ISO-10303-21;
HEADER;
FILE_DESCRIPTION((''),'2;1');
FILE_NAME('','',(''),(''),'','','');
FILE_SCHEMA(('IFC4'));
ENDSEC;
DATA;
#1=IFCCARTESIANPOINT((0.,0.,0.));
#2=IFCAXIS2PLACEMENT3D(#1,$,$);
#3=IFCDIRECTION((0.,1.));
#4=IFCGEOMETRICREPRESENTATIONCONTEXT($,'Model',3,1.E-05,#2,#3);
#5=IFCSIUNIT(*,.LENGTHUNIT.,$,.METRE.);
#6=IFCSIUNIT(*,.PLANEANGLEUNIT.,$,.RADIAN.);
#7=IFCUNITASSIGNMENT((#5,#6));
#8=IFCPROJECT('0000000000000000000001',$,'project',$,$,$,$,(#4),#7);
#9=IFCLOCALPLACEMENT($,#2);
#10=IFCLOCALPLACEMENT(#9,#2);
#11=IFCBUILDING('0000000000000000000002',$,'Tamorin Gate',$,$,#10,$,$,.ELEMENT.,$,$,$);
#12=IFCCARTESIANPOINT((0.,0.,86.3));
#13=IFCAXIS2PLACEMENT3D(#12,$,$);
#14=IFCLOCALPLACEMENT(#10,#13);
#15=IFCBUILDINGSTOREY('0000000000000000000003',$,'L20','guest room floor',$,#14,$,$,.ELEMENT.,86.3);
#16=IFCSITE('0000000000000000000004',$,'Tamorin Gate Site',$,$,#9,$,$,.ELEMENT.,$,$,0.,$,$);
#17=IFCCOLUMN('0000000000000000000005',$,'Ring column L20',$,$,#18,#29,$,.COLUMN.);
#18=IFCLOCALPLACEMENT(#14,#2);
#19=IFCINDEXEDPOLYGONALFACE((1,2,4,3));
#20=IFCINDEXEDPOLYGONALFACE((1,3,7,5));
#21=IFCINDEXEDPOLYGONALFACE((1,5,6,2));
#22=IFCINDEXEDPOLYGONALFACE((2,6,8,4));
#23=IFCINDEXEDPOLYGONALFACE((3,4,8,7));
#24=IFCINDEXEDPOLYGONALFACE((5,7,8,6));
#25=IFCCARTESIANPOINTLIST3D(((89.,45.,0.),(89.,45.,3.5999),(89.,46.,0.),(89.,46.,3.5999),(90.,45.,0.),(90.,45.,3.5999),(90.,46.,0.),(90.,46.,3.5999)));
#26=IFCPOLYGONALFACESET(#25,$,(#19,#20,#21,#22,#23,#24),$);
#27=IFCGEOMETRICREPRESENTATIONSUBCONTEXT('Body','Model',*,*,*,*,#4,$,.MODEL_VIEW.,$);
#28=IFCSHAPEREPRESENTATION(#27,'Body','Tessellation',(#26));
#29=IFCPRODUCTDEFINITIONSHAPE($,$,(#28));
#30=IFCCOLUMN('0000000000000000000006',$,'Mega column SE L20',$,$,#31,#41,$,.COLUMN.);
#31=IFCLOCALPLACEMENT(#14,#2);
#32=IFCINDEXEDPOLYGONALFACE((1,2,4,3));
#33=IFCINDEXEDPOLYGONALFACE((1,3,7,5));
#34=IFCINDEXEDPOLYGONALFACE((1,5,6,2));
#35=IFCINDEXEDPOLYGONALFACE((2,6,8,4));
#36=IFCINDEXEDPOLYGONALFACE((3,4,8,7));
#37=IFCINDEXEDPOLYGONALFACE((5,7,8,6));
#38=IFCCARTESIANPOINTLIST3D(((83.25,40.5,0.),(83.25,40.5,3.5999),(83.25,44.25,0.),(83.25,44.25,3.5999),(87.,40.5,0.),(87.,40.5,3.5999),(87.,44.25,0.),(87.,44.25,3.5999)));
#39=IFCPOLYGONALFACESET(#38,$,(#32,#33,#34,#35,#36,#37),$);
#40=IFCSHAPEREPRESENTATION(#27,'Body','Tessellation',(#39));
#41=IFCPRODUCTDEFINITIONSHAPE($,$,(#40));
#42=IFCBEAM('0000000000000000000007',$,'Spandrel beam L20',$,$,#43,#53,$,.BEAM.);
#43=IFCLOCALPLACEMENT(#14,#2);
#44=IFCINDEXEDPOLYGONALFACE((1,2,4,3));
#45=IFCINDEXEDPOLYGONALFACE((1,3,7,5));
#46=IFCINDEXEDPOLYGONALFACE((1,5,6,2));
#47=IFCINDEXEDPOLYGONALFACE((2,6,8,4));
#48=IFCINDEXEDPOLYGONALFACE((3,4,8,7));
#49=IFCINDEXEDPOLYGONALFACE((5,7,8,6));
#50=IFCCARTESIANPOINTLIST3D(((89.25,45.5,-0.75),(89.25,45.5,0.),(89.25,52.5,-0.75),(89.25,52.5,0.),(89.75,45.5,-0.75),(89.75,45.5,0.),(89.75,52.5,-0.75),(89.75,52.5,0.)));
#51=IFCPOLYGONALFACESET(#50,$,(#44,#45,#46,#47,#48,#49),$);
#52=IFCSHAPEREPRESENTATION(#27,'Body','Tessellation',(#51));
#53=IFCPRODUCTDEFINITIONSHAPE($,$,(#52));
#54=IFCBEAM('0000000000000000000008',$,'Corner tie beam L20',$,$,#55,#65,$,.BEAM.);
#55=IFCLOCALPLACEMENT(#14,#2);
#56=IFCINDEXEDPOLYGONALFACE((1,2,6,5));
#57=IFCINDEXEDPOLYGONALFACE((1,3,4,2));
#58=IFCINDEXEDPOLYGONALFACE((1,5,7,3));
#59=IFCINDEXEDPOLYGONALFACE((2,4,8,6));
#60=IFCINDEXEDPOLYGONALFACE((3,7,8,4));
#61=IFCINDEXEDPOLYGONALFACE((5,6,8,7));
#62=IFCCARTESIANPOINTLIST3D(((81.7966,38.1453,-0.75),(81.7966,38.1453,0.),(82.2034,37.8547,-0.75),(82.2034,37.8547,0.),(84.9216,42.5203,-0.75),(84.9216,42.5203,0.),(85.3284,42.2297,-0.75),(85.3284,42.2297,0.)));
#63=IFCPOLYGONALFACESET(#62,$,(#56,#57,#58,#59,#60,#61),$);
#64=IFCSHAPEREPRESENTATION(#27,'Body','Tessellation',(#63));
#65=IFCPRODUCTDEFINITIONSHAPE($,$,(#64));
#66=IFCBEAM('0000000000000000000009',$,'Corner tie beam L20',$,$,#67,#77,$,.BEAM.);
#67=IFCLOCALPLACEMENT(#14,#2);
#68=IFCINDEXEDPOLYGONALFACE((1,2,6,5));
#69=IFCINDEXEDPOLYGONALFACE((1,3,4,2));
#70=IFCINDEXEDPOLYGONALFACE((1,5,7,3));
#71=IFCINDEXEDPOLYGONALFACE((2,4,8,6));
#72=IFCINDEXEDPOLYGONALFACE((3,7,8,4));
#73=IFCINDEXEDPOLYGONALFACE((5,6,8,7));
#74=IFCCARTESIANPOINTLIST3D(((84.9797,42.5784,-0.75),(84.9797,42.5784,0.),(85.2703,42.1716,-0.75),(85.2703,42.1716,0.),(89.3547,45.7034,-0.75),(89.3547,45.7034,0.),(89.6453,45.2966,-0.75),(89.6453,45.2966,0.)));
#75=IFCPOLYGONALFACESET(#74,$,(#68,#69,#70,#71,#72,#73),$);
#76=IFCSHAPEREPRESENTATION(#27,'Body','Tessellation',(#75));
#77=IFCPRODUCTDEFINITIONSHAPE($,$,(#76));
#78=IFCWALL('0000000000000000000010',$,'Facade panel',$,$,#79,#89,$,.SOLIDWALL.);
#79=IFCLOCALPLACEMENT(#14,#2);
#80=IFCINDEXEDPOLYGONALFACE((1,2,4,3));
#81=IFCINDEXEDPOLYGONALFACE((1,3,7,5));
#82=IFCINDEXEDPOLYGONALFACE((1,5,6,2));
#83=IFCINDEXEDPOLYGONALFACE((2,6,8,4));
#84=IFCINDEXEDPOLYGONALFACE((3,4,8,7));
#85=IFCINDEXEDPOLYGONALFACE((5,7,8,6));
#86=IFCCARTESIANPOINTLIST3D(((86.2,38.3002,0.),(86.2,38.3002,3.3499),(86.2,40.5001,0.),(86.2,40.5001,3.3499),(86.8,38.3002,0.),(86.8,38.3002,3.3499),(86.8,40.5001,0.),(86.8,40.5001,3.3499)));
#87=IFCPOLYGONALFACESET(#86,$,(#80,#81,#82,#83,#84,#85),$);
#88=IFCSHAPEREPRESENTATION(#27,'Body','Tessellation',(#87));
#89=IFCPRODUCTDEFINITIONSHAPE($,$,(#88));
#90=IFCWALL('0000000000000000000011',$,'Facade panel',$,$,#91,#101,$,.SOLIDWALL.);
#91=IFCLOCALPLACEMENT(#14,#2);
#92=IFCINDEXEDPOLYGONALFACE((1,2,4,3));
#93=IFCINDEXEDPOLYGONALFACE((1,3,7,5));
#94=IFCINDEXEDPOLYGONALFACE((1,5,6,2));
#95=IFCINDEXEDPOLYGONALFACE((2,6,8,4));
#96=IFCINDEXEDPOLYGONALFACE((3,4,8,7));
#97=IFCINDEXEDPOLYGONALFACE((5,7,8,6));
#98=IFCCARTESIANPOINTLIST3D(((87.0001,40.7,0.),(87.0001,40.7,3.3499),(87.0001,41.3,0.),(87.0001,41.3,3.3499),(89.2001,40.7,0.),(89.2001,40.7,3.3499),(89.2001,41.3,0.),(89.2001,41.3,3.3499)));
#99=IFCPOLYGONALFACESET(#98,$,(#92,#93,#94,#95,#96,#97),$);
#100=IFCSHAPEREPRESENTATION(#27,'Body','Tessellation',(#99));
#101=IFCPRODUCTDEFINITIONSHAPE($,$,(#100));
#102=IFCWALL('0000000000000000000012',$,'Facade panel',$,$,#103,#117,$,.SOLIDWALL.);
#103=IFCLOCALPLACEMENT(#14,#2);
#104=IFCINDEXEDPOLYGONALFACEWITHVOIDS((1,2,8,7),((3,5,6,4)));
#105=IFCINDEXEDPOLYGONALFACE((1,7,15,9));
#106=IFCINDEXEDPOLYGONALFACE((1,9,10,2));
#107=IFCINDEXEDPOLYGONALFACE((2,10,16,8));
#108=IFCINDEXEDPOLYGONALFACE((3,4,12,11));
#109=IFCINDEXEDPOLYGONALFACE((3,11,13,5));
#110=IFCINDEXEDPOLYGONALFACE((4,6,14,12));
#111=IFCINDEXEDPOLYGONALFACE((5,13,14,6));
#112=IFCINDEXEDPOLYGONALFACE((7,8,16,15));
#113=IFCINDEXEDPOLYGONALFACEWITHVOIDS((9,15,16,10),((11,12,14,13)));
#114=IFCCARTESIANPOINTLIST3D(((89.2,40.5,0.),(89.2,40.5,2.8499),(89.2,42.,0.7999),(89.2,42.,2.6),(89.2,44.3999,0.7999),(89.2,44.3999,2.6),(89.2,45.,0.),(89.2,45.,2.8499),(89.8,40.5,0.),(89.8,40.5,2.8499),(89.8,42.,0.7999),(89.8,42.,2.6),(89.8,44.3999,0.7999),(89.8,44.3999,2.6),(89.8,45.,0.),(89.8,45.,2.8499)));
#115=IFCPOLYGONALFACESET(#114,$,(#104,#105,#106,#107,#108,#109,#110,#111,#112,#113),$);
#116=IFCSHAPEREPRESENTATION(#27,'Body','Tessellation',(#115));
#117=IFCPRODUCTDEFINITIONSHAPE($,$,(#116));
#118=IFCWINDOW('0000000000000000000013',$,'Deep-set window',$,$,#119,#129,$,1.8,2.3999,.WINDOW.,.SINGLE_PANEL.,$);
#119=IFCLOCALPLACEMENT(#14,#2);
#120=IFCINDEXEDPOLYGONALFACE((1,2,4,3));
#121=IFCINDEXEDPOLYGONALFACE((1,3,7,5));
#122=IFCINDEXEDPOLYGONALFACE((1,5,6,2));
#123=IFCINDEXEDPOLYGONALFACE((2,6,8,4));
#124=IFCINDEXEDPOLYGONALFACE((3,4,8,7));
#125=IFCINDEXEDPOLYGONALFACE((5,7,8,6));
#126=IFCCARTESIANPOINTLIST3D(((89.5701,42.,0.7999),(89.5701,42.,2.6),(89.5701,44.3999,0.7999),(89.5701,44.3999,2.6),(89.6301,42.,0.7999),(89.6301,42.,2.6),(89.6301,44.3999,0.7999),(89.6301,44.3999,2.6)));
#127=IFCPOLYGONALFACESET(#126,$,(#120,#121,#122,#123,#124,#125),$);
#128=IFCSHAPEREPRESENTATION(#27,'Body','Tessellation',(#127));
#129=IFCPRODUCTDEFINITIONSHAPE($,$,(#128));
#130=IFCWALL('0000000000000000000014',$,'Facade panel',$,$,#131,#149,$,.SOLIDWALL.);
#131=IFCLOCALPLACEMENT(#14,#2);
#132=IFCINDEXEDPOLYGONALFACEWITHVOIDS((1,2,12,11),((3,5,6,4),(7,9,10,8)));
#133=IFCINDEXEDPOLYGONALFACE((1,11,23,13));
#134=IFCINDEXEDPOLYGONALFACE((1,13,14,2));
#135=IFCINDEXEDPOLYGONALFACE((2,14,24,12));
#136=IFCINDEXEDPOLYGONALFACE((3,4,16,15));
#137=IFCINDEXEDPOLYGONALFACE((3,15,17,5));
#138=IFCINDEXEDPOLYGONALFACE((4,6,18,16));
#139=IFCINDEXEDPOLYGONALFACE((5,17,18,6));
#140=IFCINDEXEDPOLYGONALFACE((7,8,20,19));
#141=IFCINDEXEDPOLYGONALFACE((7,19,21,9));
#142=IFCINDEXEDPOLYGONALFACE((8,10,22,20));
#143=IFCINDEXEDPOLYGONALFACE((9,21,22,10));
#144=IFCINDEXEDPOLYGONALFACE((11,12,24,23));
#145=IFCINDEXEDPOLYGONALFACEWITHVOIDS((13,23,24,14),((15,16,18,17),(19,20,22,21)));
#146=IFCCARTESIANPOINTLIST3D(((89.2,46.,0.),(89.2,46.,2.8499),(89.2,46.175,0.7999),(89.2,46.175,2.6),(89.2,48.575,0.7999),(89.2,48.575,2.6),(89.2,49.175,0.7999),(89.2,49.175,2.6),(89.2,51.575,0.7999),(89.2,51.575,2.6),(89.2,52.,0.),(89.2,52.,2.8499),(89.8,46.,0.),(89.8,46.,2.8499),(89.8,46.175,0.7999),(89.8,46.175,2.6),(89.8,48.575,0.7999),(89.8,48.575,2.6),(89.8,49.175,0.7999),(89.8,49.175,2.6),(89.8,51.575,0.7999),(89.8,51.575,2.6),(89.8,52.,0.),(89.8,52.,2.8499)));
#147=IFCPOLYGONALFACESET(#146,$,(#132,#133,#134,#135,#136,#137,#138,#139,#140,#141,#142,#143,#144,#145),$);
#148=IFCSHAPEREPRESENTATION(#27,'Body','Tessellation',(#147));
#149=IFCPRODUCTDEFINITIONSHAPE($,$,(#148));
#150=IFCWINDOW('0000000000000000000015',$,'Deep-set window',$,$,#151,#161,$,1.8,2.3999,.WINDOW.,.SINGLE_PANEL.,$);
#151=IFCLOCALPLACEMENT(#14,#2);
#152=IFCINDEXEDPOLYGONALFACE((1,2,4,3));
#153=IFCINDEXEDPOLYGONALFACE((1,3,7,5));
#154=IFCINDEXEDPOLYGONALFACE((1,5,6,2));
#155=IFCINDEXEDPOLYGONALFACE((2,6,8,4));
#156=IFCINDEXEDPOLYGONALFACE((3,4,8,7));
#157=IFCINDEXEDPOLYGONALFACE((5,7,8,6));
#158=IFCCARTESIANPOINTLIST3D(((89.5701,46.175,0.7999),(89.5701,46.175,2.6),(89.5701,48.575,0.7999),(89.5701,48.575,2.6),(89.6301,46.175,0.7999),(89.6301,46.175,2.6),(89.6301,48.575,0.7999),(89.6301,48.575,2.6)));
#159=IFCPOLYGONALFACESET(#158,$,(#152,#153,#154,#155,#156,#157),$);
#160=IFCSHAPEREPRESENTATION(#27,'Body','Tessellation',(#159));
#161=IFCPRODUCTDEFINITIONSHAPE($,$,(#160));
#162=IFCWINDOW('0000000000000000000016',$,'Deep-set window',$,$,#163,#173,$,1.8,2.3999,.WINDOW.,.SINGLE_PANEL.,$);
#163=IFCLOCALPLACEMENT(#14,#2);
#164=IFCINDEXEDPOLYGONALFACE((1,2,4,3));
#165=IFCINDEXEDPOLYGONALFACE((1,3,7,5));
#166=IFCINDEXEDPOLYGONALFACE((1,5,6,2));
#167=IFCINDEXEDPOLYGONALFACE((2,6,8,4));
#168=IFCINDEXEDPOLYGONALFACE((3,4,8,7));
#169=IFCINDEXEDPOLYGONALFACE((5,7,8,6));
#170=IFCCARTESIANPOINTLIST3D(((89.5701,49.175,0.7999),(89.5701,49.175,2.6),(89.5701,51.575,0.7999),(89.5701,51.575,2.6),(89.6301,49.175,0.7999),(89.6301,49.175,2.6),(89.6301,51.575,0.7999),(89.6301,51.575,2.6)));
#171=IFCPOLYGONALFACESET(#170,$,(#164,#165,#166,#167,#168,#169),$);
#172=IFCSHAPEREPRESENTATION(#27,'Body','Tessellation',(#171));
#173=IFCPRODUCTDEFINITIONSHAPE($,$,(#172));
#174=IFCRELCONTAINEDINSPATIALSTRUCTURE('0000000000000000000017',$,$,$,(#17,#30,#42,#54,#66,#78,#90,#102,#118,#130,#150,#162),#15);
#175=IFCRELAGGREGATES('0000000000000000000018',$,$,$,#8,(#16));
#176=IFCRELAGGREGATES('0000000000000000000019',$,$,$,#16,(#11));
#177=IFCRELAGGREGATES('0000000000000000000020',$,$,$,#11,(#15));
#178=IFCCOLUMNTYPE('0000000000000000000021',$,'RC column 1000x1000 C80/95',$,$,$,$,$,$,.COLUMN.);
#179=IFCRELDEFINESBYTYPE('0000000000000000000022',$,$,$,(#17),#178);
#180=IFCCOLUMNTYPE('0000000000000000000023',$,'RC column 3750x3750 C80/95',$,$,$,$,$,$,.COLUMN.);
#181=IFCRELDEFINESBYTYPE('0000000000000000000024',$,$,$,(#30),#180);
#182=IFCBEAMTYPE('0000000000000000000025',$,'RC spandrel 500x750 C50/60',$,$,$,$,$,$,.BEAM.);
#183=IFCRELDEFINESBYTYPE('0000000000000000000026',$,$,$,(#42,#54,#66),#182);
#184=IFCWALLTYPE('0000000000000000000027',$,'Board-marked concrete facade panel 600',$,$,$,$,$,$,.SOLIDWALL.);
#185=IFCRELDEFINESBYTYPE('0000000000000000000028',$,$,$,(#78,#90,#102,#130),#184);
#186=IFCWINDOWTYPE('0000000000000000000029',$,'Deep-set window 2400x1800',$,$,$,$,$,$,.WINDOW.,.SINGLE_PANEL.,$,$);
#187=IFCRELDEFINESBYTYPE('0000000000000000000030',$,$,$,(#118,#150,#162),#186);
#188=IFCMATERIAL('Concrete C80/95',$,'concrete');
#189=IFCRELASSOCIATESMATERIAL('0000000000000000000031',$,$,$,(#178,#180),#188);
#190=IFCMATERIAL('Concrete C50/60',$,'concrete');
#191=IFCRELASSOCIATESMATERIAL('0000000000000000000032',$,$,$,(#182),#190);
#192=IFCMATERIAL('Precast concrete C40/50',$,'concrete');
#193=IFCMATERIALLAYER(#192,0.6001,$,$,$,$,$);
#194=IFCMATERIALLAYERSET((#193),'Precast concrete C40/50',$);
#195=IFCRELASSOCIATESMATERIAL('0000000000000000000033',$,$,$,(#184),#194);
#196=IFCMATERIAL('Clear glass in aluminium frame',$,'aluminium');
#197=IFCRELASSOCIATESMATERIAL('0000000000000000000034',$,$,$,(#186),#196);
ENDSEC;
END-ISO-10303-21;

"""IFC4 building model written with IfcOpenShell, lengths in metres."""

from ifc_helpers import new_model, si_unit, direction, frame, frame_2d, origin, origin_2d, place, context, subcontext, project, spatial, rectangle, extrude, material, layer, layer_set, material_profile, profile_set, type_object, element, fill, save


model = new_model("IFC4")

# Units and contexts
model_context = context("Model", 3, precision=1e-05, world=origin(), true_north=direction((0.0, 1.0)))
body_context = subcontext(model_context, "Body", "Model", "MODEL_VIEW")
ifc_project = project(units=[si_unit("LENGTHUNIT", "METRE"), si_unit("PLANEANGLEUNIT", "RADIAN")], contexts=[model_context])

# Site, building, storey
site_placement = place(None, origin())
site = spatial("IfcSite", under=ifc_project, at=site_placement, Name="Tamorin Gate Site", CompositionType="ELEMENT", RefElevation=0.0)
building_placement = place(site_placement, origin())
building = spatial("IfcBuilding", under=site, at=building_placement, Name="Tamorin Gate", CompositionType="ELEMENT")
storey_placement = place(building_placement, frame((0.0, 0.0, 86.3)))
storey = spatial("IfcBuildingStorey", under=building, at=storey_placement, Name="L20", Description="guest room floor", CompositionType="ELEMENT", Elevation=86.3)

# Columns
ifc_material_1 = material(Name="Concrete C80/95", Category="concrete")
ifc_material_profile_1 = material_profile(ifc_material_1, rectangle(XDim=1.0, YDim=1.0, at=origin_2d()), Name="RC 1000x1000")
ifc_profile_set_1 = profile_set([ifc_material_profile_1], Name="Concrete C80/95")
column_type_1 = type_object("IfcColumnType", Name="RC column 1000x1000 C80/95", PredefinedType="COLUMN", material=ifc_profile_set_1)
column_1_placement = place(storey_placement, frame((89.5, 45.5, 0.0), z_axis=(0.0, 0.0, 1.0), x_axis=(1.0, 0.0, 0.0)))
element("IfcColumn", 1, at=column_1_placement, inside=storey, type_object=column_type_1, Name="Ring column L20", PredefinedType="COLUMN", context=body_context, shape_type="SweptSolid", body=[
    extrude(rectangle(XDim=1.0, YDim=1.0, at=origin_2d()), origin(), (0.0, 0.0, 1.0), 3.5999),
])
ifc_material_profile_2 = material_profile(ifc_material_1, rectangle(XDim=3.75, YDim=3.75, at=origin_2d()), Name="RC 3750x3750")
ifc_profile_set_2 = profile_set([ifc_material_profile_2], Name="Concrete C80/95")
column_type_2 = type_object("IfcColumnType", Name="RC column 3750x3750 C80/95", PredefinedType="COLUMN", material=ifc_profile_set_2)
column_2_placement = place(storey_placement, frame((85.125, 42.375, 0.0), z_axis=(0.0, 0.0, 1.0), x_axis=(1.0, 0.0, 0.0)))
element("IfcColumn", 2, at=column_2_placement, inside=storey, type_object=column_type_2, Name="Mega column SE L20", PredefinedType="COLUMN", context=body_context, shape_type="SweptSolid", body=[
    extrude(rectangle(XDim=3.75, YDim=3.75, at=origin_2d()), origin(), (0.0, 0.0, 1.0), 3.5999),
])

# Beams
ifc_material_2 = material(Name="Concrete C50/60", Category="concrete")
ifc_material_profile_3 = material_profile(ifc_material_2, rectangle(XDim=0.5, YDim=0.75, at=origin_2d()), Name="RC 500x750")
ifc_profile_set_3 = profile_set([ifc_material_profile_3], Name="Concrete C50/60")
beam_type = type_object("IfcBeamType", Name="RC spandrel 500x750 C50/60", PredefinedType="BEAM", material=ifc_profile_set_3)
beam_placement = place(storey_placement, frame((89.5, 45.5, -0.375), z_axis=(0.0, 1.0, 0.0), x_axis=(-1.0, 0.0, 0.0)))
element("IfcBeam", 3, at=beam_placement, inside=storey, type_object=beam_type, Name="Spandrel beam L20", PredefinedType="BEAM", context=body_context, shape_type="SweptSolid", body=[
    extrude(rectangle(XDim=0.5, YDim=0.75, at=origin_2d()), origin(), (0.0, 0.0, 1.0), 7.0),
])
for number, where, z_axis, x_axis, name in (
    (4, (85.125, 42.375, -0.375), (-0.581238, -0.813733, 0.0), (0.813733, -0.581238, 0.0), "Corner tie beam L20"),
    (5, (85.125, 42.375, -0.375), (0.813733, 0.581238, 0.0), (-0.581238, 0.813733, 0.0), "Corner tie beam L20"),
):
    element("IfcBeam", number, at=place(storey_placement, frame(where, z_axis=z_axis, x_axis=x_axis)), inside=storey, type_object=beam_type, Name=name, PredefinedType="BEAM", context=body_context, shape_type="SweptSolid", body=[
        extrude(rectangle(XDim=0.5, YDim=0.75, at=origin_2d()), origin(), (0.0, 0.0, 1.0), 5.3765),
    ])

# Walls
ifc_material_3 = material(Name="Precast concrete C40/50", Category="concrete")
ifc_layer_1 = layer(ifc_material_3, 0.6001)
ifc_layer_set_1 = layer_set([ifc_layer_1], Name="Precast concrete C40/50")
wall_type_1 = type_object("IfcWallType", Name="Board-marked concrete facade panel 600", PredefinedType="SOLIDWALL", material=ifc_layer_set_1)
for number, where, z_axis, x_axis, name in (
    (6, (86.5, 38.3, 0.0), (0.0, 0.0, 1.0), (0.0, 1.0, 0.0), "Facade panel"),
    (7, (87.0, 41.0, 0.0), (0.0, 0.0, 1.0), (1.0, 0.0, 0.0), "Facade panel"),
):
    element("IfcWall", number, at=place(storey_placement, frame(where, z_axis=z_axis, x_axis=x_axis)), inside=storey, type_object=wall_type_1, Name=name, PredefinedType="SOLIDWALL", context=body_context, shape_type="SweptSolid", body=[
        extrude(rectangle(XDim=2.2, YDim=0.6001, at=frame_2d((1.1001, 0.0))), origin(), (0.0, 0.0, 1.0), 3.3499),
    ])

# Wall, opening, window
wall_1_placement = place(storey_placement, frame((89.5, 40.5, 0.0), z_axis=(0.0, 0.0, 1.0), x_axis=(0.0, 1.0, 0.0)))
wall_1 = element("IfcWall", 8, at=wall_1_placement, inside=storey, type_object=wall_type_1, Name="Facade panel", PredefinedType="SOLIDWALL", context=body_context, shape_type="SweptSolid", body=[
    extrude(rectangle(XDim=4.5, YDim=0.6001, at=frame_2d((2.25, 0.0))), origin(), (0.0, 0.0, 1.0), 2.8499),
])
opening_1_placement = place(wall_1_placement, frame((1.5, 0.0, 0.8)))
opening_1 = element("IfcOpeningElement", 9, at=opening_1_placement, cuts=wall_1, PredefinedType="OPENING", context=body_context, shape_type="SweptSolid", body=[
    extrude(rectangle(XDim=2.3999, YDim=1.8, at=frame_2d((1.2, 0.8999))), frame((0.0, 0.3101, 0.0), z_axis=(0.0, -1.0, 0.0), x_axis=(1.0, 0.0, 0.0)), (0.0, 0.0, 1.0), 0.6201),
])
ifc_material_4 = material(Name="Clear glass in aluminium frame", Category="aluminium")
window_type = type_object("IfcWindowType", Name="Deep-set window 2400x1800", PartitioningType="SINGLE_PANEL", PredefinedType="WINDOW", material=ifc_material_4)
window_1_placement = place(opening_1_placement, origin())
window_1 = element("IfcWindow", 10, at=window_1_placement, inside=storey, type_object=window_type, Name="Deep-set window", OverallHeight=1.8, OverallWidth=2.3999, PartitioningType="SINGLE_PANEL", PredefinedType="WINDOW", context=body_context, shape_type="SweptSolid", body=[
    extrude(rectangle(XDim=2.3999, YDim=1.8, at=frame_2d((1.2, 0.8999))), frame((0.0, -0.0701, 0.0), z_axis=(0.0, -1.0, 0.0), x_axis=(1.0, 0.0, 0.0)), (0.0, 0.0, 1.0), 0.0601),
])
fill(opening_1, window_1)

# Wall, openings, windows
wall_2_placement = place(storey_placement, frame((89.5, 46.0, 0.0), z_axis=(0.0, 0.0, 1.0), x_axis=(0.0, 1.0, 0.0)))
wall_2 = element("IfcWall", 11, at=wall_2_placement, inside=storey, type_object=wall_type_1, Name="Facade panel", PredefinedType="SOLIDWALL", context=body_context, shape_type="SweptSolid", body=[
    extrude(rectangle(XDim=6.0, YDim=0.6001, at=frame_2d((3.0, 0.0))), origin(), (0.0, 0.0, 1.0), 2.8499),
])
opening_2_placement = place(wall_2_placement, frame((0.175, 0.0, 0.8)))
opening_2 = element("IfcOpeningElement", 12, at=opening_2_placement, cuts=wall_2, PredefinedType="OPENING", context=body_context, shape_type="SweptSolid", body=[
    extrude(rectangle(XDim=2.3999, YDim=1.8, at=frame_2d((1.2, 0.8999))), frame((0.0, 0.3101, 0.0), z_axis=(0.0, -1.0, 0.0), x_axis=(1.0, 0.0, 0.0)), (0.0, 0.0, 1.0), 0.6201),
])
opening_3_placement = place(wall_2_placement, frame((3.175, 0.0, 0.8)))
opening_3 = element("IfcOpeningElement", 13, at=opening_3_placement, cuts=wall_2, PredefinedType="OPENING", context=body_context, shape_type="SweptSolid", body=[
    extrude(rectangle(XDim=2.3999, YDim=1.8, at=frame_2d((1.2, 0.8999))), frame((0.0, 0.3101, 0.0), z_axis=(0.0, -1.0, 0.0), x_axis=(1.0, 0.0, 0.0)), (0.0, 0.0, 1.0), 0.6201),
])
window_2_placement = place(opening_2_placement, origin())
window_2 = element("IfcWindow", 14, at=window_2_placement, inside=storey, type_object=window_type, Name="Deep-set window", OverallHeight=1.8, OverallWidth=2.3999, PartitioningType="SINGLE_PANEL", PredefinedType="WINDOW", context=body_context, shape_type="SweptSolid", body=[
    extrude(rectangle(XDim=2.3999, YDim=1.8, at=frame_2d((1.2, 0.8999))), frame((0.0, -0.0701, 0.0), z_axis=(0.0, -1.0, 0.0), x_axis=(1.0, 0.0, 0.0)), (0.0, 0.0, 1.0), 0.0601),
])
fill(opening_2, window_2)
window_3_placement = place(opening_3_placement, origin())
window_3 = element("IfcWindow", 15, at=window_3_placement, inside=storey, type_object=window_type, Name="Deep-set window", OverallHeight=1.8, OverallWidth=2.3999, PartitioningType="SINGLE_PANEL", PredefinedType="WINDOW", context=body_context, shape_type="SweptSolid", body=[
    extrude(rectangle(XDim=2.3999, YDim=1.8, at=frame_2d((1.2, 0.8999))), frame((0.0, -0.0701, 0.0), z_axis=(0.0, -1.0, 0.0), x_axis=(1.0, 0.0, 0.0)), (0.0, 0.0, 1.0), 0.0601),
])
fill(opening_3, window_3)

save(model, "model.ifc")
